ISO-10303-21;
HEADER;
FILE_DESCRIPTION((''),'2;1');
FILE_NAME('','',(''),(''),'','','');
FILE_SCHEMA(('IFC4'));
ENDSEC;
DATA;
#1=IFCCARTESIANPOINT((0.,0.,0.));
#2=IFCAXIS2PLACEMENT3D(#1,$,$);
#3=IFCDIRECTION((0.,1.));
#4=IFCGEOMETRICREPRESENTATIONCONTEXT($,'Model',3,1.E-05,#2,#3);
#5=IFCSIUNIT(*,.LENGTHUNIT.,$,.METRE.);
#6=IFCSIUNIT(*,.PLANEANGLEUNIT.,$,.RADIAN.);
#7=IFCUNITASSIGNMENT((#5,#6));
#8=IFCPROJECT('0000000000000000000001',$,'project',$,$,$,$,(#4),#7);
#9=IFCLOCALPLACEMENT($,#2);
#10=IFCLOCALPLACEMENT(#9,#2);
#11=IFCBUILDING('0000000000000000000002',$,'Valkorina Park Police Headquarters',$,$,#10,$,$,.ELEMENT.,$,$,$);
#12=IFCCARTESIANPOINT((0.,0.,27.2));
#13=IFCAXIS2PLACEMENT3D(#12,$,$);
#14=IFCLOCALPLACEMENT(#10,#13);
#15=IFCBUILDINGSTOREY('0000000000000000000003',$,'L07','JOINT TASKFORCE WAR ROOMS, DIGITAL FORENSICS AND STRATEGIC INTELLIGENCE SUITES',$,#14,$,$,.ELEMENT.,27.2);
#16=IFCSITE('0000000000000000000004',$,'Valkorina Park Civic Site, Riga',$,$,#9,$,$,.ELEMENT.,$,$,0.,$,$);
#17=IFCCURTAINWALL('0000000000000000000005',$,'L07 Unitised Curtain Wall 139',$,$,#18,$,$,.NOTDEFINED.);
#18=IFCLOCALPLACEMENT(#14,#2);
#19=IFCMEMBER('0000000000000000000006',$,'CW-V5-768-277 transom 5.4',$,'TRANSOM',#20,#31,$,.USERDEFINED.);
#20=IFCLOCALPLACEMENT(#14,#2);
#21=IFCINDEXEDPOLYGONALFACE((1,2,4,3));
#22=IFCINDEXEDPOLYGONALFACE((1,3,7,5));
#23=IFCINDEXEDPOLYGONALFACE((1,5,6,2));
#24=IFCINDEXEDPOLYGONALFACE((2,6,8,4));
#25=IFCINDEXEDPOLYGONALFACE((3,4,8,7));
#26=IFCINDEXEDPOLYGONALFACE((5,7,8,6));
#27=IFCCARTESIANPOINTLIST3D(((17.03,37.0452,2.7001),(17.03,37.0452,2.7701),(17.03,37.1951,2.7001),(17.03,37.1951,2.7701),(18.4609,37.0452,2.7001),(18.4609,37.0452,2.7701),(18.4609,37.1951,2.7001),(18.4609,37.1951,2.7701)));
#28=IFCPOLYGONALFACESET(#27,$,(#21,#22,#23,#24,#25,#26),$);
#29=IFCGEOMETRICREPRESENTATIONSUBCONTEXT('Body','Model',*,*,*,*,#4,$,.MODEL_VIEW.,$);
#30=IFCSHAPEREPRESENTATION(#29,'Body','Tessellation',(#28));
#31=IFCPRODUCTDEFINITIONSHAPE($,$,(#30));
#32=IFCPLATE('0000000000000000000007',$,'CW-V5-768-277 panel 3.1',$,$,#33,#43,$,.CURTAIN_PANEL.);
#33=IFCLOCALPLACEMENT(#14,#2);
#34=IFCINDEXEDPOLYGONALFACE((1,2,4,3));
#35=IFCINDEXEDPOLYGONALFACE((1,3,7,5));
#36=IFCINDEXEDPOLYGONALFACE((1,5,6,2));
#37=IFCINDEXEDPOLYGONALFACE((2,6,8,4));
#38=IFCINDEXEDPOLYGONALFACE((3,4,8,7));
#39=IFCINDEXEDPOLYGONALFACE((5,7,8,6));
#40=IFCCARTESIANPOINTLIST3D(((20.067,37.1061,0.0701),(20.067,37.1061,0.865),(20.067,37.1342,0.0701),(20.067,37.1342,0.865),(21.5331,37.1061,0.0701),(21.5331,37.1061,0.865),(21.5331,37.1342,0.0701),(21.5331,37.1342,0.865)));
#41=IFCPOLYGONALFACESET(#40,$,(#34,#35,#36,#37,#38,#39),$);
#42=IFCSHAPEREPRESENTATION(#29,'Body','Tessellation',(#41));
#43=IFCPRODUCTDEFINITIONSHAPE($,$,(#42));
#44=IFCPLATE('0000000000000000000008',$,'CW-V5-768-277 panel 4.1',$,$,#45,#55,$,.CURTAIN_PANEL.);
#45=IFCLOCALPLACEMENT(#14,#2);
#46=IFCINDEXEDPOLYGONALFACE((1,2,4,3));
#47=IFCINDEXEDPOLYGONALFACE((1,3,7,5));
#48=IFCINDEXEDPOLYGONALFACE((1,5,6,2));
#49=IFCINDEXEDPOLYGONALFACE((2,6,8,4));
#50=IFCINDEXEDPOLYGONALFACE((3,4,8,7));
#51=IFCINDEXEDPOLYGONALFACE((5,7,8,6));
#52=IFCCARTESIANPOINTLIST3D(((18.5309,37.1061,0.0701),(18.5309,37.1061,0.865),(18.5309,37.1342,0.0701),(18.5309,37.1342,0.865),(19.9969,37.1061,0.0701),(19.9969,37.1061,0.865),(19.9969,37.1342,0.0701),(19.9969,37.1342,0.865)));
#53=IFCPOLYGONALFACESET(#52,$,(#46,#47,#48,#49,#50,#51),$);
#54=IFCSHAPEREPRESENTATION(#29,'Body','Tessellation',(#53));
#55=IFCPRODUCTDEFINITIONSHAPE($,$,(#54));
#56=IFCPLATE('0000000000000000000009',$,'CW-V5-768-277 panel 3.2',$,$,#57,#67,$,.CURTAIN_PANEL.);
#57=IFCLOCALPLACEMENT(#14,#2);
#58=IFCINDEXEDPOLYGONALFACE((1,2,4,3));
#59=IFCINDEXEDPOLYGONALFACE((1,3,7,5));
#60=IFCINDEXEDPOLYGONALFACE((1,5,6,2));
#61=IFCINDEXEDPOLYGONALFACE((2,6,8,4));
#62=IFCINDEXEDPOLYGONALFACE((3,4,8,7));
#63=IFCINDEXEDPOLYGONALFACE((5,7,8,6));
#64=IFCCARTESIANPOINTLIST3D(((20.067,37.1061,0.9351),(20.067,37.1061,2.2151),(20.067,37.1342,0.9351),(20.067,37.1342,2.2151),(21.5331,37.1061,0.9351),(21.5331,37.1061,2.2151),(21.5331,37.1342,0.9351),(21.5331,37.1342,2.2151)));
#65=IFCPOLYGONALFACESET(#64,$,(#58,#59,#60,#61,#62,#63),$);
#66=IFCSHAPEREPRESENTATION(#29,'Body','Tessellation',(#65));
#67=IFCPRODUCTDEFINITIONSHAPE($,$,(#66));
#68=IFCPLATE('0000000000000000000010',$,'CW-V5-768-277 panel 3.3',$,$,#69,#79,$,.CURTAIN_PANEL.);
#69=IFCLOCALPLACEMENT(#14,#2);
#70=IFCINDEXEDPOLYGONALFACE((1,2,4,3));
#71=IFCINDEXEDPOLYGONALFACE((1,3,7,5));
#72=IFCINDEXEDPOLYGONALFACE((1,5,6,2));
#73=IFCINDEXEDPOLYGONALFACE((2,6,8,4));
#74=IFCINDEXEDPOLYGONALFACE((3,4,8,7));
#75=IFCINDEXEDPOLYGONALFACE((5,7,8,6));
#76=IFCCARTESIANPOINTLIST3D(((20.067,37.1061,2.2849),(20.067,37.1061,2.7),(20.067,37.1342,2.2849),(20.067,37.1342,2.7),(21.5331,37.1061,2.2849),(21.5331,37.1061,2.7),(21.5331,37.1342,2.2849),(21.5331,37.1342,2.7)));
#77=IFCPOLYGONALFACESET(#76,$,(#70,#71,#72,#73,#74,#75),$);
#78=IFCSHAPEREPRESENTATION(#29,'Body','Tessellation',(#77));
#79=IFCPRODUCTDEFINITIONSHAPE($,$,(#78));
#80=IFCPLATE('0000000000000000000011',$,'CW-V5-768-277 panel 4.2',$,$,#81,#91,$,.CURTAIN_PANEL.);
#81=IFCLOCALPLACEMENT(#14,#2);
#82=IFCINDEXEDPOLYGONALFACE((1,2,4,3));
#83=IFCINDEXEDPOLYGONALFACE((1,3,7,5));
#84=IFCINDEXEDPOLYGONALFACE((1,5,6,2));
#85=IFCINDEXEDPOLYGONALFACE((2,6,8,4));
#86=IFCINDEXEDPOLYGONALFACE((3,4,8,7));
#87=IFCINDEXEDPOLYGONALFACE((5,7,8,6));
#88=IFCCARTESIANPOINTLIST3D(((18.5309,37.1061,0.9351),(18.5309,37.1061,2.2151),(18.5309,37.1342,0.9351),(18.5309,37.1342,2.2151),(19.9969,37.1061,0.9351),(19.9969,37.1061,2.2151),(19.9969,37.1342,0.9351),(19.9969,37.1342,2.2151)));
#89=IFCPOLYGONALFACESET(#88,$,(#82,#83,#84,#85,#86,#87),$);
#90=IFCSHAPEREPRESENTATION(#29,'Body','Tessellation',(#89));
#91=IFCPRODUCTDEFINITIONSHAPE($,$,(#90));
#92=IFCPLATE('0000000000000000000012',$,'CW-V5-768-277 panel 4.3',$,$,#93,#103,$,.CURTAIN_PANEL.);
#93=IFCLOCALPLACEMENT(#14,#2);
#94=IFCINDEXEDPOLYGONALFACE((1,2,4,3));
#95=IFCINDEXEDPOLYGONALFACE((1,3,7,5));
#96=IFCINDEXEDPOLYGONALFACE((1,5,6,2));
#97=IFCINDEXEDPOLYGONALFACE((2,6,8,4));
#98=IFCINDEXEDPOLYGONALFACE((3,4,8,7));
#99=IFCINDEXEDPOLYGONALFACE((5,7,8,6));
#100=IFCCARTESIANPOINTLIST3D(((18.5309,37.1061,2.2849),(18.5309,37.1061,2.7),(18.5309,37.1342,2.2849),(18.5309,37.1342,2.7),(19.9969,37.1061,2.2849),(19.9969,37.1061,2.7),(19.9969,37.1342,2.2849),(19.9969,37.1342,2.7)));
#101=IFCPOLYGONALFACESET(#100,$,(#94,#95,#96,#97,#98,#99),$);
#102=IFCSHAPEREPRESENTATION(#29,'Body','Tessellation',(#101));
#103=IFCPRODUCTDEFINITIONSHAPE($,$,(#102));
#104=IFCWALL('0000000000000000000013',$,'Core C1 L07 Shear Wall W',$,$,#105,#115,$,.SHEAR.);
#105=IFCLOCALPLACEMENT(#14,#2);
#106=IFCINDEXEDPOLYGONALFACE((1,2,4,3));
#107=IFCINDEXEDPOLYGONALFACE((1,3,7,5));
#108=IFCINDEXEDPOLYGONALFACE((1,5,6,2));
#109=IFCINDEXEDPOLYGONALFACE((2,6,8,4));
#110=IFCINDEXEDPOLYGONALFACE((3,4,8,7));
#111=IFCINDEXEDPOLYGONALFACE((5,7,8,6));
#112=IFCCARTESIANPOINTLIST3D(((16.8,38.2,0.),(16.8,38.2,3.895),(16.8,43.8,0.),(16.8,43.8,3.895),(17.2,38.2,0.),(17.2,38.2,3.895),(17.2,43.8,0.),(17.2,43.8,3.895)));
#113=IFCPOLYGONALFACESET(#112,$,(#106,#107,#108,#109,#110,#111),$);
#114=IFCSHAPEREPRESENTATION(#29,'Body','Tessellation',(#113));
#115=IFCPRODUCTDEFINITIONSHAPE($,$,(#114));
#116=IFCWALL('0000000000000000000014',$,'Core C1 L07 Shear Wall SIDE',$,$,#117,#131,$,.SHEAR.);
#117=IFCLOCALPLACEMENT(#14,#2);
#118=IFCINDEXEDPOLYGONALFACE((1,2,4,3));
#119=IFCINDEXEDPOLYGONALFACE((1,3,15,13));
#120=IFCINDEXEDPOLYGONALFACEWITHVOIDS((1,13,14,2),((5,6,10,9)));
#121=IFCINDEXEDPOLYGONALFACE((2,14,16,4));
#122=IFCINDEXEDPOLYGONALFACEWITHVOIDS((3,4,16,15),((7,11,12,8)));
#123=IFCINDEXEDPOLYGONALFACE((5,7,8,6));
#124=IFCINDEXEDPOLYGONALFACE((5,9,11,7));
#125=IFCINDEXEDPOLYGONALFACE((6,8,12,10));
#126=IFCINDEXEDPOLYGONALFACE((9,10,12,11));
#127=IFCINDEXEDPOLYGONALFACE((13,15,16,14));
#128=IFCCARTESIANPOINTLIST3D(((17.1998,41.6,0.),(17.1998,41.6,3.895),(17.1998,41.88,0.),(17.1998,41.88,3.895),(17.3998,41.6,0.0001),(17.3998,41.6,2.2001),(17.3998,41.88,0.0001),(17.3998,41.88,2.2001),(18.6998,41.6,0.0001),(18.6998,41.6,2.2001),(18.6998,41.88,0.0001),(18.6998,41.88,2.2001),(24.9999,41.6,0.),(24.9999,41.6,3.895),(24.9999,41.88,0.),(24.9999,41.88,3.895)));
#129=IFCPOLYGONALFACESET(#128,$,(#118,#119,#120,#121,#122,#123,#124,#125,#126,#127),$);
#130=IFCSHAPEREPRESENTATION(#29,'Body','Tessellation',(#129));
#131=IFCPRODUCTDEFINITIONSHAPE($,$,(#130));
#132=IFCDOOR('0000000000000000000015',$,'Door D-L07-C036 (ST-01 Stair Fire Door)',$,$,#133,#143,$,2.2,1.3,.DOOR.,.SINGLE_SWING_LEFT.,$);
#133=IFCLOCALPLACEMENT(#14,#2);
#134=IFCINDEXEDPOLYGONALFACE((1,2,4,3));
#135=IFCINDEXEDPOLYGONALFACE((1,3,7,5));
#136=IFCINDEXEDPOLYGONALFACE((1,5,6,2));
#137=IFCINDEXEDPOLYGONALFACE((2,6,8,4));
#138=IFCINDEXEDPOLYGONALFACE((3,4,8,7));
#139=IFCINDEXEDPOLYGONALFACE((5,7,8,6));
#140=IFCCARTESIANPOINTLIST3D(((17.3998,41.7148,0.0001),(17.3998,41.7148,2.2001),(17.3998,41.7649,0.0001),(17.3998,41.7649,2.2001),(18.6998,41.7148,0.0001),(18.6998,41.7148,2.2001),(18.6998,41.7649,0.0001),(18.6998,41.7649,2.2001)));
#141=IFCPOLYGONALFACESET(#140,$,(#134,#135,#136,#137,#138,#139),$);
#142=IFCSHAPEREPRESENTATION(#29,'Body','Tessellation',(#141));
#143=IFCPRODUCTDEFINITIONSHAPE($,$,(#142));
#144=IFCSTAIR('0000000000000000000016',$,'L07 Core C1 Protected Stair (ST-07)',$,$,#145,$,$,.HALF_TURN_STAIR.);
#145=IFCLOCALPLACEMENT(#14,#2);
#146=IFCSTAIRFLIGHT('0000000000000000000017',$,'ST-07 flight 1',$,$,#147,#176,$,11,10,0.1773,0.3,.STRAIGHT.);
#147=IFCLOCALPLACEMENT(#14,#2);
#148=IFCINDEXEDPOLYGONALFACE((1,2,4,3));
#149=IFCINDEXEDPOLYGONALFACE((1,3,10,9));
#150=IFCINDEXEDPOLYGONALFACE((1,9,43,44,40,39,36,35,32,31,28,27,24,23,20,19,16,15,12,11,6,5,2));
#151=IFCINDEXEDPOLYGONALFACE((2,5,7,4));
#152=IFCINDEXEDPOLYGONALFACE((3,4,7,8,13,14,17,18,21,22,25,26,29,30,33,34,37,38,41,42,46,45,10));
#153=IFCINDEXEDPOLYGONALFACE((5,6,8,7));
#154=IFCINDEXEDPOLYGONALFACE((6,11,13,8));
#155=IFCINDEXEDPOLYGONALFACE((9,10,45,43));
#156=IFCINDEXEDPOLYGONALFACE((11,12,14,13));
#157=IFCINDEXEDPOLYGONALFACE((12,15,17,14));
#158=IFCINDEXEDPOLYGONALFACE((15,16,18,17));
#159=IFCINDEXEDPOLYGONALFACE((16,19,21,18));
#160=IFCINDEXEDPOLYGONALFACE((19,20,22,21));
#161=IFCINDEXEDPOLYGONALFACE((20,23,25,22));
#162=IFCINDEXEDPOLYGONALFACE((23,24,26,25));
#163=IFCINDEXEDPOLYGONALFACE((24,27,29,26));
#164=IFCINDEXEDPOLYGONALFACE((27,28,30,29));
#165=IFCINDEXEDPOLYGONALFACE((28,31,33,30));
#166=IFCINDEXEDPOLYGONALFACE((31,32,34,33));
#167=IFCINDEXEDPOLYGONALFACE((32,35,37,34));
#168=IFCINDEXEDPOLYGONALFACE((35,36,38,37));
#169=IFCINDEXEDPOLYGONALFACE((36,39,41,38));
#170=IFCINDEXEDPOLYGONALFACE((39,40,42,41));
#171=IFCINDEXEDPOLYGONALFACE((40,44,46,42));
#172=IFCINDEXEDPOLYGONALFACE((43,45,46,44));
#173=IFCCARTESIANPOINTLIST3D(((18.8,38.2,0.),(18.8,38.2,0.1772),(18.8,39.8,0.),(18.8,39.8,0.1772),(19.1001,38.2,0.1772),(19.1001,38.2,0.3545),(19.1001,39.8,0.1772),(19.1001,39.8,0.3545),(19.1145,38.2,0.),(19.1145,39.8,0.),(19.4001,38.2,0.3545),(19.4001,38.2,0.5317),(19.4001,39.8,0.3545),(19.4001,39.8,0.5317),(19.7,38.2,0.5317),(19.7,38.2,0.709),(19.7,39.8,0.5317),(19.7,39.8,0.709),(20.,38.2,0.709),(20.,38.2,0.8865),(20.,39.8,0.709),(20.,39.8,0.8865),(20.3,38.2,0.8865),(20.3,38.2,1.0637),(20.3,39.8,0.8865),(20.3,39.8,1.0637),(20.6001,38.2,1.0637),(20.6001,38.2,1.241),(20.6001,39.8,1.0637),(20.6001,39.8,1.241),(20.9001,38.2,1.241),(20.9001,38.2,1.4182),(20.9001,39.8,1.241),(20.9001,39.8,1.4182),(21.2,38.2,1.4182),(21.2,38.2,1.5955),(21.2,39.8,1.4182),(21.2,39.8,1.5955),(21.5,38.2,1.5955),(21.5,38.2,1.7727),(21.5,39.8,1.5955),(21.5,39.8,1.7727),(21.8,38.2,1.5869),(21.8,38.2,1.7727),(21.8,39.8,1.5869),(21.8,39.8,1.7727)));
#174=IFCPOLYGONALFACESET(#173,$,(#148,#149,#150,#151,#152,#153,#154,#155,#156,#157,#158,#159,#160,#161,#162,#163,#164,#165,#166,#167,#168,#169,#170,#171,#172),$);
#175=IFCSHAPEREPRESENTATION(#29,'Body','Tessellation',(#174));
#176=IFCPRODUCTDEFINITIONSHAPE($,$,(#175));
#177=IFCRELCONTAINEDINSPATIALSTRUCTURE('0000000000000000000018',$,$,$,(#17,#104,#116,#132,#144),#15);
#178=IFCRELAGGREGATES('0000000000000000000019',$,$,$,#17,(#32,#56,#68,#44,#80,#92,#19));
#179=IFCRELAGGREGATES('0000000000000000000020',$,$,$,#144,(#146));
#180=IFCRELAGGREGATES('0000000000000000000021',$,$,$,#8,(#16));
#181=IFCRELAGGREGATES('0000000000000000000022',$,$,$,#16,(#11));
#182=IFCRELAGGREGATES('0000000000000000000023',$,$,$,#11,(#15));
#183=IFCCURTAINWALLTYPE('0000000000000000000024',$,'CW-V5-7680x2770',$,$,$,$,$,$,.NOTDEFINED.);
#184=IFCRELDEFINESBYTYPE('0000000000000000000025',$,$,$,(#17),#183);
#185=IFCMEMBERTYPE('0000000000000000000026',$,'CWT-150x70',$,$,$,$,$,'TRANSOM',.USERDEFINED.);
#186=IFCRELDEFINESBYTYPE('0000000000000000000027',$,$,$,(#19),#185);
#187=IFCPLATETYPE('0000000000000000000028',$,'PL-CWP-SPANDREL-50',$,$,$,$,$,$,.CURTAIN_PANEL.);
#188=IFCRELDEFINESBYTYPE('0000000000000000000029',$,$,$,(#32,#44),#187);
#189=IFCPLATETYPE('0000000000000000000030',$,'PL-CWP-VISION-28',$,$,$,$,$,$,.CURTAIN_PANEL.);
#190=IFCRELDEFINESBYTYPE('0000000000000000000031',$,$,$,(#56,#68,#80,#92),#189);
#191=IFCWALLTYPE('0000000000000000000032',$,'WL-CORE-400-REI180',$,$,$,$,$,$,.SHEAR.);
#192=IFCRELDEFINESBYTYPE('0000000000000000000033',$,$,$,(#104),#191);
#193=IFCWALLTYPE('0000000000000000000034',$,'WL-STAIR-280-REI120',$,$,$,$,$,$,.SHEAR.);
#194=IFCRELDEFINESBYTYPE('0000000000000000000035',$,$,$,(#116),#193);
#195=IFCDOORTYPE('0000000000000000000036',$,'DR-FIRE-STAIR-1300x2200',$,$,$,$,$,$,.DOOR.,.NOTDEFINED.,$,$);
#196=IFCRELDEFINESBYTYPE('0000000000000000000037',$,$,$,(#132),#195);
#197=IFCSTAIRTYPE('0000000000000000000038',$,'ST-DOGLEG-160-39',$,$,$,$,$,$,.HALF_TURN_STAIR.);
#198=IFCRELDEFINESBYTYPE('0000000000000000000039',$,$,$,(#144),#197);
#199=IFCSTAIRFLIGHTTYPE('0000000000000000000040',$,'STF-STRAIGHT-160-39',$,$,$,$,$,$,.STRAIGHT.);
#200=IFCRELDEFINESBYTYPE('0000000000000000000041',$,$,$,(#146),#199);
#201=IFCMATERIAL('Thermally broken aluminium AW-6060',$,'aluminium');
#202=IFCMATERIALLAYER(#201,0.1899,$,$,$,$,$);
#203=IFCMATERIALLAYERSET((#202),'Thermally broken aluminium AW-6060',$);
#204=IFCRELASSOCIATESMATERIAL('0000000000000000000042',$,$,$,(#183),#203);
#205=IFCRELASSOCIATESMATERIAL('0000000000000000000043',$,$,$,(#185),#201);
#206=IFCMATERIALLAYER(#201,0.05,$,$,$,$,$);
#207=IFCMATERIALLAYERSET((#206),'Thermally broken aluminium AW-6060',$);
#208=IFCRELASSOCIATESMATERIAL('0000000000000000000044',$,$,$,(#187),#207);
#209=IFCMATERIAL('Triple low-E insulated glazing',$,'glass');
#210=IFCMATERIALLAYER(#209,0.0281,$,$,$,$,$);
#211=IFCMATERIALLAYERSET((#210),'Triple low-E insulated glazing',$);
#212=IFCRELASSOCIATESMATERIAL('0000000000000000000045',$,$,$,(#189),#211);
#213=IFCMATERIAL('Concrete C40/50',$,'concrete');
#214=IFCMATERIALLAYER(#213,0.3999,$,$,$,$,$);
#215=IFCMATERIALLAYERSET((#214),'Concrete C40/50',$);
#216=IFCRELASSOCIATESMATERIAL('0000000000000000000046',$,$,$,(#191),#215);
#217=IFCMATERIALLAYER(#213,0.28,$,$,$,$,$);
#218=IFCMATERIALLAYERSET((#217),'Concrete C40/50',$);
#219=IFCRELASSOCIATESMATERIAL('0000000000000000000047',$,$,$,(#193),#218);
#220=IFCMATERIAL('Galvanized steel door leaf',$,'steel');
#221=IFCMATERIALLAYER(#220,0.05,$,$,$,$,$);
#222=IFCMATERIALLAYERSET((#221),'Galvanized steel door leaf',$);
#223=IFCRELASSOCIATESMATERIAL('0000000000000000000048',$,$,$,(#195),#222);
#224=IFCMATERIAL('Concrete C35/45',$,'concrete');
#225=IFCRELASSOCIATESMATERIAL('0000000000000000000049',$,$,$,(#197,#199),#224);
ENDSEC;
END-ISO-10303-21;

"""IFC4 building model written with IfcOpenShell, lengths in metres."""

from ifc_helpers import new_model, si_unit, direction, frame, frame_2d, origin, origin_2d, place, context, subcontext, project, spatial, polyline, rectangle, outline, extrude, material, layer, layer_set, material_profile, profile_set, type_object, element, fill, aggregate, save


model = new_model("IFC4")

# Units and contexts
model_context = context("Model", 3, precision=1e-05, world=origin(), true_north=direction((0.0, 1.0)))
body_context = subcontext(model_context, "Body", "Model", "MODEL_VIEW")
ifc_project = project(units=[si_unit("LENGTHUNIT", "METRE"), si_unit("PLANEANGLEUNIT", "RADIAN")], contexts=[model_context])

# Site, building, storey
site_placement = place(None, origin())
site = spatial("IfcSite", under=ifc_project, at=site_placement, Name="Valkorina Park Civic Site, Riga", CompositionType="ELEMENT", RefElevation=0.0)
building_placement = place(site_placement, origin())
building = spatial("IfcBuilding", under=site, at=building_placement, Name="Valkorina Park Police Headquarters", CompositionType="ELEMENT")
storey_placement = place(building_placement, frame((0.0, 0.0, 27.2)))
storey = spatial("IfcBuildingStorey", under=building, at=storey_placement, Name="L07", Description="JOINT TASKFORCE WAR ROOMS, DIGITAL FORENSICS AND STRATEGIC INTELLIGENCE SUITES", CompositionType="ELEMENT", Elevation=27.2)

# Curtain wall, member, plates
ifc_material_1 = material(Name="Thermally broken aluminium AW-6060", Category="aluminium")
ifc_layer_1 = layer(ifc_material_1, 0.1899)
ifc_layer_set_1 = layer_set([ifc_layer_1], Name="Thermally broken aluminium AW-6060")
curtain_wall_type = type_object("IfcCurtainWallType", Name="CW-V5-7680x2770", PredefinedType="NOTDEFINED", material=ifc_layer_set_1)
curtain_wall_placement = place(storey_placement, origin())
curtain_wall = element("IfcCurtainWall", 1, at=curtain_wall_placement, inside=storey, type_object=curtain_wall_type, Name="L07 Unitised Curtain Wall 139", PredefinedType="NOTDEFINED")
ifc_material_profile_1 = material_profile(ifc_material_1, rectangle(XDim=0.1499, YDim=0.0701, at=origin_2d()), Name="CWT-02 150x70")
ifc_profile_set_1 = profile_set([ifc_material_profile_1], Name="Thermally broken aluminium AW-6060")
member_type_1 = type_object("IfcMemberType", Name="CWT-150x70", ElementType="TRANSOM", PredefinedType="USERDEFINED", material=ifc_profile_set_1)
member_1_placement = place(storey_placement, frame((18.4609, 37.1201, 2.7351), z_axis=(-1.0, 0.0, 0.0), x_axis=(0.0, -1.0, 0.0)))
member_1 = element("IfcMember", 2, at=member_1_placement, type_object=member_type_1, Name="CW-V5-768-277 transom 5.4", ObjectType="TRANSOM", PredefinedType="USERDEFINED", context=body_context, shape_type="SweptSolid", body=[
    extrude(rectangle(XDim=0.1499, YDim=0.0701, at=origin_2d()), origin(), (0.0, 0.0, 1.0), 1.4309),
])
ifc_layer_2 = layer(ifc_material_1, 0.05)
ifc_layer_set_2 = layer_set([ifc_layer_2], Name="Thermally broken aluminium AW-6060")
plate_type_1 = type_object("IfcPlateType", Name="PL-CWP-SPANDREL-50", PredefinedType="CURTAIN_PANEL", material=ifc_layer_set_2)
plate_1_placement = place(storey_placement, frame((20.8, 37.1201, 0.0701), z_axis=(0.0, 0.0, 1.0), x_axis=(-1.0, 0.0, 0.0)))
plate_1 = element("IfcPlate", 3, at=plate_1_placement, type_object=plate_type_1, Name="CW-V5-768-277 panel 3.1", PredefinedType="CURTAIN_PANEL", context=body_context, shape_type="SweptSolid", body=[
    extrude(rectangle(XDim=1.4661, YDim=0.0281, at=origin_2d()), origin(), (0.0, 0.0, 1.0), 0.7949),
])
plate_2_placement = place(storey_placement, frame((19.2639, 37.1201, 0.0701), z_axis=(0.0, 0.0, 1.0), x_axis=(-1.0, 0.0, 0.0)))
plate_2 = element("IfcPlate", 4, at=plate_2_placement, type_object=plate_type_1, Name="CW-V5-768-277 panel 4.1", PredefinedType="CURTAIN_PANEL", context=body_context, shape_type="SweptSolid", body=[
    extrude(rectangle(XDim=1.4661, YDim=0.0281, at=origin_2d()), origin(), (0.0, 0.0, 1.0), 0.7949),
])
ifc_material_2 = material(Name="Triple low-E insulated glazing", Category="glass")
ifc_layer_3 = layer(ifc_material_2, 0.0281)
ifc_layer_set_3 = layer_set([ifc_layer_3], Name="Triple low-E insulated glazing")
plate_type_2 = type_object("IfcPlateType", Name="PL-CWP-VISION-28", PredefinedType="CURTAIN_PANEL", material=ifc_layer_set_3)
plate_3_placement = place(storey_placement, frame((20.8, 37.1201, 0.9351), z_axis=(0.0, 0.0, 1.0), x_axis=(-1.0, 0.0, 0.0)))
plate_3 = element("IfcPlate", 5, at=plate_3_placement, type_object=plate_type_2, Name="CW-V5-768-277 panel 3.2", PredefinedType="CURTAIN_PANEL", context=body_context, shape_type="SweptSolid", body=[
    extrude(rectangle(XDim=1.4661, YDim=0.0281, at=origin_2d()), origin(), (0.0, 0.0, 1.0), 1.28),
])
plate_4_placement = place(storey_placement, frame((20.8, 37.1201, 2.2849), z_axis=(0.0, 0.0, 1.0), x_axis=(-1.0, 0.0, 0.0)))
plate_4 = element("IfcPlate", 6, at=plate_4_placement, type_object=plate_type_2, Name="CW-V5-768-277 panel 3.3", PredefinedType="CURTAIN_PANEL", context=body_context, shape_type="SweptSolid", body=[
    extrude(rectangle(XDim=1.4661, YDim=0.0281, at=origin_2d()), origin(), (0.0, 0.0, 1.0), 0.415),
])
plate_5_placement = place(storey_placement, frame((19.2639, 37.1201, 0.9351), z_axis=(0.0, 0.0, 1.0), x_axis=(-1.0, 0.0, 0.0)))
plate_5 = element("IfcPlate", 7, at=plate_5_placement, type_object=plate_type_2, Name="CW-V5-768-277 panel 4.2", PredefinedType="CURTAIN_PANEL", context=body_context, shape_type="SweptSolid", body=[
    extrude(rectangle(XDim=1.4661, YDim=0.0281, at=origin_2d()), origin(), (0.0, 0.0, 1.0), 1.28),
])
plate_6_placement = place(storey_placement, frame((19.2639, 37.1201, 2.2849), z_axis=(0.0, 0.0, 1.0), x_axis=(-1.0, 0.0, 0.0)))
plate_6 = element("IfcPlate", 8, at=plate_6_placement, type_object=plate_type_2, Name="CW-V5-768-277 panel 4.3", PredefinedType="CURTAIN_PANEL", context=body_context, shape_type="SweptSolid", body=[
    extrude(rectangle(XDim=1.4661, YDim=0.0281, at=origin_2d()), origin(), (0.0, 0.0, 1.0), 0.415),
])
aggregate(curtain_wall, [plate_1, plate_3, plate_4, plate_2, plate_5, plate_6, member_1])

# Wall
ifc_material_3 = material(Name="Concrete C40/50", Category="concrete")
ifc_layer_4 = layer(ifc_material_3, 0.3999)
ifc_layer_set_4 = layer_set([ifc_layer_4], Name="Concrete C40/50")
wall_type_1 = type_object("IfcWallType", Name="WL-CORE-400-REI180", PredefinedType="SHEAR", material=ifc_layer_set_4)
wall_1_placement = place(storey_placement, frame((17.0, 38.2, 0.0), z_axis=(0.0, 0.0, 1.0), x_axis=(0.0, 1.0, 0.0)))
element("IfcWall", 9, at=wall_1_placement, inside=storey, type_object=wall_type_1, Name="Core C1 L07 Shear Wall W", PredefinedType="SHEAR", context=body_context, shape_type="SweptSolid", body=[
    extrude(rectangle(XDim=5.6001, YDim=0.3999, at=frame_2d((2.8, 0.0))), origin(), (0.0, 0.0, 1.0), 3.895),
])

# Wall, opening, door
ifc_layer_5 = layer(ifc_material_3, 0.28)
ifc_layer_set_5 = layer_set([ifc_layer_5], Name="Concrete C40/50")
wall_type_2 = type_object("IfcWallType", Name="WL-STAIR-280-REI120", PredefinedType="SHEAR", material=ifc_layer_set_5)
wall_2_placement = place(storey_placement, frame((17.2, 41.74, 0.0), z_axis=(0.0, 0.0, 1.0), x_axis=(1.0, 0.0, 0.0)))
wall_2 = element("IfcWall", 10, at=wall_2_placement, inside=storey, type_object=wall_type_2, Name="Core C1 L07 Shear Wall SIDE", PredefinedType="SHEAR", context=body_context, shape_type="SweptSolid", body=[
    extrude(rectangle(XDim=7.8, YDim=0.28, at=frame_2d((3.8999, 0.0))), origin(), (0.0, 0.0, 1.0), 3.895),
])
opening_placement = place(wall_2_placement, frame((0.2, 0.0, 0.0)))
opening = element("IfcOpeningElement", 11, at=opening_placement, cuts=wall_2, PredefinedType="OPENING", context=body_context, shape_type="SweptSolid", body=[
    extrude(rectangle(XDim=1.3, YDim=2.2, at=frame_2d((0.6499, 1.1001))), frame((0.0, 0.1499, 0.0), z_axis=(0.0, -1.0, 0.0), x_axis=(1.0, 0.0, 0.0)), (0.0, 0.0, 1.0), 0.3),
])
ifc_material_4 = material(Name="Galvanized steel door leaf", Category="steel")
ifc_layer_6 = layer(ifc_material_4, 0.05)
ifc_layer_set_6 = layer_set([ifc_layer_6], Name="Galvanized steel door leaf")
door_type = type_object("IfcDoorType", Name="DR-FIRE-STAIR-1300x2200", OperationType="NOTDEFINED", PredefinedType="DOOR", material=ifc_layer_set_6)
door_placement = place(opening_placement, origin())
door = element("IfcDoor", 12, at=door_placement, inside=storey, type_object=door_type, Name="Door D-L07-C036 (ST-01 Stair Fire Door)", OperationType="SINGLE_SWING_LEFT", OverallHeight=2.2, OverallWidth=1.3, PredefinedType="DOOR", context=body_context, shape_type="SweptSolid", body=[
    extrude(rectangle(XDim=1.3, YDim=2.2, at=frame_2d((0.6499, 1.1001))), frame((0.0, 0.0249, 0.0), z_axis=(0.0, -1.0, 0.0), x_axis=(1.0, 0.0, 0.0)), (0.0, 0.0, 1.0), 0.05),
])
fill(opening, door)

# Stair, stair flight
ifc_material_5 = material(Name="Concrete C35/45", Category="concrete")
stair_type = type_object("IfcStairType", Name="ST-DOGLEG-160-39", PredefinedType="HALF_TURN_STAIR", material=ifc_material_5)
stair_placement = place(storey_placement, origin())
stair = element("IfcStair", 13, at=stair_placement, inside=storey, type_object=stair_type, Name="L07 Core C1 Protected Stair (ST-07)", PredefinedType="HALF_TURN_STAIR")
stair_flight_type = type_object("IfcStairFlightType", Name="STF-STRAIGHT-160-39", PredefinedType="STRAIGHT", material=ifc_material_5)
stair_flight_placement = place(storey_placement, frame((18.8, 39.0, 0.0), z_axis=(0.0, 0.0, 1.0), x_axis=(1.0, 0.0, 0.0)))
stair_flight = element("IfcStairFlight", 14, at=stair_flight_placement, type_object=stair_flight_type, Name="ST-07 flight 1", NumberOfRisers=11, NumberOfTreads=10, PredefinedType="STRAIGHT", RiserHeight=0.1773, TreadLength=0.3, context=body_context, shape_type="SweptSolid", body=[
    extrude(outline(polyline([(0.0, 0.0), (0.0, 0.1772), (0.3, 0.1772), (0.3, 0.3545), (0.6001, 0.3545), (0.6001, 0.5317), (0.8999, 0.5317), (0.8999, 0.709), (1.2, 0.709), (1.2, 0.8865), (1.5, 0.8865), (1.5, 1.0637), (1.8, 1.0637), (1.8, 1.241), (2.1001, 1.241), (2.1001, 1.4182), (2.3999, 1.4182), (2.3999, 1.5955), (2.7, 1.5955), (2.7, 1.7727), (3.0, 1.7727), (3.0, 1.95), (3.0, 1.5869), (0.3145, 0.0), (0.0, 0.0)])), frame((0.0, 0.8, 0.0), z_axis=(0.0, -1.0, 0.0), x_axis=(1.0, 0.0, 0.0)), (0.0, 0.0, 1.0), 1.6001),
])
aggregate(stair, [stair_flight])

save(model, "model.ifc")
